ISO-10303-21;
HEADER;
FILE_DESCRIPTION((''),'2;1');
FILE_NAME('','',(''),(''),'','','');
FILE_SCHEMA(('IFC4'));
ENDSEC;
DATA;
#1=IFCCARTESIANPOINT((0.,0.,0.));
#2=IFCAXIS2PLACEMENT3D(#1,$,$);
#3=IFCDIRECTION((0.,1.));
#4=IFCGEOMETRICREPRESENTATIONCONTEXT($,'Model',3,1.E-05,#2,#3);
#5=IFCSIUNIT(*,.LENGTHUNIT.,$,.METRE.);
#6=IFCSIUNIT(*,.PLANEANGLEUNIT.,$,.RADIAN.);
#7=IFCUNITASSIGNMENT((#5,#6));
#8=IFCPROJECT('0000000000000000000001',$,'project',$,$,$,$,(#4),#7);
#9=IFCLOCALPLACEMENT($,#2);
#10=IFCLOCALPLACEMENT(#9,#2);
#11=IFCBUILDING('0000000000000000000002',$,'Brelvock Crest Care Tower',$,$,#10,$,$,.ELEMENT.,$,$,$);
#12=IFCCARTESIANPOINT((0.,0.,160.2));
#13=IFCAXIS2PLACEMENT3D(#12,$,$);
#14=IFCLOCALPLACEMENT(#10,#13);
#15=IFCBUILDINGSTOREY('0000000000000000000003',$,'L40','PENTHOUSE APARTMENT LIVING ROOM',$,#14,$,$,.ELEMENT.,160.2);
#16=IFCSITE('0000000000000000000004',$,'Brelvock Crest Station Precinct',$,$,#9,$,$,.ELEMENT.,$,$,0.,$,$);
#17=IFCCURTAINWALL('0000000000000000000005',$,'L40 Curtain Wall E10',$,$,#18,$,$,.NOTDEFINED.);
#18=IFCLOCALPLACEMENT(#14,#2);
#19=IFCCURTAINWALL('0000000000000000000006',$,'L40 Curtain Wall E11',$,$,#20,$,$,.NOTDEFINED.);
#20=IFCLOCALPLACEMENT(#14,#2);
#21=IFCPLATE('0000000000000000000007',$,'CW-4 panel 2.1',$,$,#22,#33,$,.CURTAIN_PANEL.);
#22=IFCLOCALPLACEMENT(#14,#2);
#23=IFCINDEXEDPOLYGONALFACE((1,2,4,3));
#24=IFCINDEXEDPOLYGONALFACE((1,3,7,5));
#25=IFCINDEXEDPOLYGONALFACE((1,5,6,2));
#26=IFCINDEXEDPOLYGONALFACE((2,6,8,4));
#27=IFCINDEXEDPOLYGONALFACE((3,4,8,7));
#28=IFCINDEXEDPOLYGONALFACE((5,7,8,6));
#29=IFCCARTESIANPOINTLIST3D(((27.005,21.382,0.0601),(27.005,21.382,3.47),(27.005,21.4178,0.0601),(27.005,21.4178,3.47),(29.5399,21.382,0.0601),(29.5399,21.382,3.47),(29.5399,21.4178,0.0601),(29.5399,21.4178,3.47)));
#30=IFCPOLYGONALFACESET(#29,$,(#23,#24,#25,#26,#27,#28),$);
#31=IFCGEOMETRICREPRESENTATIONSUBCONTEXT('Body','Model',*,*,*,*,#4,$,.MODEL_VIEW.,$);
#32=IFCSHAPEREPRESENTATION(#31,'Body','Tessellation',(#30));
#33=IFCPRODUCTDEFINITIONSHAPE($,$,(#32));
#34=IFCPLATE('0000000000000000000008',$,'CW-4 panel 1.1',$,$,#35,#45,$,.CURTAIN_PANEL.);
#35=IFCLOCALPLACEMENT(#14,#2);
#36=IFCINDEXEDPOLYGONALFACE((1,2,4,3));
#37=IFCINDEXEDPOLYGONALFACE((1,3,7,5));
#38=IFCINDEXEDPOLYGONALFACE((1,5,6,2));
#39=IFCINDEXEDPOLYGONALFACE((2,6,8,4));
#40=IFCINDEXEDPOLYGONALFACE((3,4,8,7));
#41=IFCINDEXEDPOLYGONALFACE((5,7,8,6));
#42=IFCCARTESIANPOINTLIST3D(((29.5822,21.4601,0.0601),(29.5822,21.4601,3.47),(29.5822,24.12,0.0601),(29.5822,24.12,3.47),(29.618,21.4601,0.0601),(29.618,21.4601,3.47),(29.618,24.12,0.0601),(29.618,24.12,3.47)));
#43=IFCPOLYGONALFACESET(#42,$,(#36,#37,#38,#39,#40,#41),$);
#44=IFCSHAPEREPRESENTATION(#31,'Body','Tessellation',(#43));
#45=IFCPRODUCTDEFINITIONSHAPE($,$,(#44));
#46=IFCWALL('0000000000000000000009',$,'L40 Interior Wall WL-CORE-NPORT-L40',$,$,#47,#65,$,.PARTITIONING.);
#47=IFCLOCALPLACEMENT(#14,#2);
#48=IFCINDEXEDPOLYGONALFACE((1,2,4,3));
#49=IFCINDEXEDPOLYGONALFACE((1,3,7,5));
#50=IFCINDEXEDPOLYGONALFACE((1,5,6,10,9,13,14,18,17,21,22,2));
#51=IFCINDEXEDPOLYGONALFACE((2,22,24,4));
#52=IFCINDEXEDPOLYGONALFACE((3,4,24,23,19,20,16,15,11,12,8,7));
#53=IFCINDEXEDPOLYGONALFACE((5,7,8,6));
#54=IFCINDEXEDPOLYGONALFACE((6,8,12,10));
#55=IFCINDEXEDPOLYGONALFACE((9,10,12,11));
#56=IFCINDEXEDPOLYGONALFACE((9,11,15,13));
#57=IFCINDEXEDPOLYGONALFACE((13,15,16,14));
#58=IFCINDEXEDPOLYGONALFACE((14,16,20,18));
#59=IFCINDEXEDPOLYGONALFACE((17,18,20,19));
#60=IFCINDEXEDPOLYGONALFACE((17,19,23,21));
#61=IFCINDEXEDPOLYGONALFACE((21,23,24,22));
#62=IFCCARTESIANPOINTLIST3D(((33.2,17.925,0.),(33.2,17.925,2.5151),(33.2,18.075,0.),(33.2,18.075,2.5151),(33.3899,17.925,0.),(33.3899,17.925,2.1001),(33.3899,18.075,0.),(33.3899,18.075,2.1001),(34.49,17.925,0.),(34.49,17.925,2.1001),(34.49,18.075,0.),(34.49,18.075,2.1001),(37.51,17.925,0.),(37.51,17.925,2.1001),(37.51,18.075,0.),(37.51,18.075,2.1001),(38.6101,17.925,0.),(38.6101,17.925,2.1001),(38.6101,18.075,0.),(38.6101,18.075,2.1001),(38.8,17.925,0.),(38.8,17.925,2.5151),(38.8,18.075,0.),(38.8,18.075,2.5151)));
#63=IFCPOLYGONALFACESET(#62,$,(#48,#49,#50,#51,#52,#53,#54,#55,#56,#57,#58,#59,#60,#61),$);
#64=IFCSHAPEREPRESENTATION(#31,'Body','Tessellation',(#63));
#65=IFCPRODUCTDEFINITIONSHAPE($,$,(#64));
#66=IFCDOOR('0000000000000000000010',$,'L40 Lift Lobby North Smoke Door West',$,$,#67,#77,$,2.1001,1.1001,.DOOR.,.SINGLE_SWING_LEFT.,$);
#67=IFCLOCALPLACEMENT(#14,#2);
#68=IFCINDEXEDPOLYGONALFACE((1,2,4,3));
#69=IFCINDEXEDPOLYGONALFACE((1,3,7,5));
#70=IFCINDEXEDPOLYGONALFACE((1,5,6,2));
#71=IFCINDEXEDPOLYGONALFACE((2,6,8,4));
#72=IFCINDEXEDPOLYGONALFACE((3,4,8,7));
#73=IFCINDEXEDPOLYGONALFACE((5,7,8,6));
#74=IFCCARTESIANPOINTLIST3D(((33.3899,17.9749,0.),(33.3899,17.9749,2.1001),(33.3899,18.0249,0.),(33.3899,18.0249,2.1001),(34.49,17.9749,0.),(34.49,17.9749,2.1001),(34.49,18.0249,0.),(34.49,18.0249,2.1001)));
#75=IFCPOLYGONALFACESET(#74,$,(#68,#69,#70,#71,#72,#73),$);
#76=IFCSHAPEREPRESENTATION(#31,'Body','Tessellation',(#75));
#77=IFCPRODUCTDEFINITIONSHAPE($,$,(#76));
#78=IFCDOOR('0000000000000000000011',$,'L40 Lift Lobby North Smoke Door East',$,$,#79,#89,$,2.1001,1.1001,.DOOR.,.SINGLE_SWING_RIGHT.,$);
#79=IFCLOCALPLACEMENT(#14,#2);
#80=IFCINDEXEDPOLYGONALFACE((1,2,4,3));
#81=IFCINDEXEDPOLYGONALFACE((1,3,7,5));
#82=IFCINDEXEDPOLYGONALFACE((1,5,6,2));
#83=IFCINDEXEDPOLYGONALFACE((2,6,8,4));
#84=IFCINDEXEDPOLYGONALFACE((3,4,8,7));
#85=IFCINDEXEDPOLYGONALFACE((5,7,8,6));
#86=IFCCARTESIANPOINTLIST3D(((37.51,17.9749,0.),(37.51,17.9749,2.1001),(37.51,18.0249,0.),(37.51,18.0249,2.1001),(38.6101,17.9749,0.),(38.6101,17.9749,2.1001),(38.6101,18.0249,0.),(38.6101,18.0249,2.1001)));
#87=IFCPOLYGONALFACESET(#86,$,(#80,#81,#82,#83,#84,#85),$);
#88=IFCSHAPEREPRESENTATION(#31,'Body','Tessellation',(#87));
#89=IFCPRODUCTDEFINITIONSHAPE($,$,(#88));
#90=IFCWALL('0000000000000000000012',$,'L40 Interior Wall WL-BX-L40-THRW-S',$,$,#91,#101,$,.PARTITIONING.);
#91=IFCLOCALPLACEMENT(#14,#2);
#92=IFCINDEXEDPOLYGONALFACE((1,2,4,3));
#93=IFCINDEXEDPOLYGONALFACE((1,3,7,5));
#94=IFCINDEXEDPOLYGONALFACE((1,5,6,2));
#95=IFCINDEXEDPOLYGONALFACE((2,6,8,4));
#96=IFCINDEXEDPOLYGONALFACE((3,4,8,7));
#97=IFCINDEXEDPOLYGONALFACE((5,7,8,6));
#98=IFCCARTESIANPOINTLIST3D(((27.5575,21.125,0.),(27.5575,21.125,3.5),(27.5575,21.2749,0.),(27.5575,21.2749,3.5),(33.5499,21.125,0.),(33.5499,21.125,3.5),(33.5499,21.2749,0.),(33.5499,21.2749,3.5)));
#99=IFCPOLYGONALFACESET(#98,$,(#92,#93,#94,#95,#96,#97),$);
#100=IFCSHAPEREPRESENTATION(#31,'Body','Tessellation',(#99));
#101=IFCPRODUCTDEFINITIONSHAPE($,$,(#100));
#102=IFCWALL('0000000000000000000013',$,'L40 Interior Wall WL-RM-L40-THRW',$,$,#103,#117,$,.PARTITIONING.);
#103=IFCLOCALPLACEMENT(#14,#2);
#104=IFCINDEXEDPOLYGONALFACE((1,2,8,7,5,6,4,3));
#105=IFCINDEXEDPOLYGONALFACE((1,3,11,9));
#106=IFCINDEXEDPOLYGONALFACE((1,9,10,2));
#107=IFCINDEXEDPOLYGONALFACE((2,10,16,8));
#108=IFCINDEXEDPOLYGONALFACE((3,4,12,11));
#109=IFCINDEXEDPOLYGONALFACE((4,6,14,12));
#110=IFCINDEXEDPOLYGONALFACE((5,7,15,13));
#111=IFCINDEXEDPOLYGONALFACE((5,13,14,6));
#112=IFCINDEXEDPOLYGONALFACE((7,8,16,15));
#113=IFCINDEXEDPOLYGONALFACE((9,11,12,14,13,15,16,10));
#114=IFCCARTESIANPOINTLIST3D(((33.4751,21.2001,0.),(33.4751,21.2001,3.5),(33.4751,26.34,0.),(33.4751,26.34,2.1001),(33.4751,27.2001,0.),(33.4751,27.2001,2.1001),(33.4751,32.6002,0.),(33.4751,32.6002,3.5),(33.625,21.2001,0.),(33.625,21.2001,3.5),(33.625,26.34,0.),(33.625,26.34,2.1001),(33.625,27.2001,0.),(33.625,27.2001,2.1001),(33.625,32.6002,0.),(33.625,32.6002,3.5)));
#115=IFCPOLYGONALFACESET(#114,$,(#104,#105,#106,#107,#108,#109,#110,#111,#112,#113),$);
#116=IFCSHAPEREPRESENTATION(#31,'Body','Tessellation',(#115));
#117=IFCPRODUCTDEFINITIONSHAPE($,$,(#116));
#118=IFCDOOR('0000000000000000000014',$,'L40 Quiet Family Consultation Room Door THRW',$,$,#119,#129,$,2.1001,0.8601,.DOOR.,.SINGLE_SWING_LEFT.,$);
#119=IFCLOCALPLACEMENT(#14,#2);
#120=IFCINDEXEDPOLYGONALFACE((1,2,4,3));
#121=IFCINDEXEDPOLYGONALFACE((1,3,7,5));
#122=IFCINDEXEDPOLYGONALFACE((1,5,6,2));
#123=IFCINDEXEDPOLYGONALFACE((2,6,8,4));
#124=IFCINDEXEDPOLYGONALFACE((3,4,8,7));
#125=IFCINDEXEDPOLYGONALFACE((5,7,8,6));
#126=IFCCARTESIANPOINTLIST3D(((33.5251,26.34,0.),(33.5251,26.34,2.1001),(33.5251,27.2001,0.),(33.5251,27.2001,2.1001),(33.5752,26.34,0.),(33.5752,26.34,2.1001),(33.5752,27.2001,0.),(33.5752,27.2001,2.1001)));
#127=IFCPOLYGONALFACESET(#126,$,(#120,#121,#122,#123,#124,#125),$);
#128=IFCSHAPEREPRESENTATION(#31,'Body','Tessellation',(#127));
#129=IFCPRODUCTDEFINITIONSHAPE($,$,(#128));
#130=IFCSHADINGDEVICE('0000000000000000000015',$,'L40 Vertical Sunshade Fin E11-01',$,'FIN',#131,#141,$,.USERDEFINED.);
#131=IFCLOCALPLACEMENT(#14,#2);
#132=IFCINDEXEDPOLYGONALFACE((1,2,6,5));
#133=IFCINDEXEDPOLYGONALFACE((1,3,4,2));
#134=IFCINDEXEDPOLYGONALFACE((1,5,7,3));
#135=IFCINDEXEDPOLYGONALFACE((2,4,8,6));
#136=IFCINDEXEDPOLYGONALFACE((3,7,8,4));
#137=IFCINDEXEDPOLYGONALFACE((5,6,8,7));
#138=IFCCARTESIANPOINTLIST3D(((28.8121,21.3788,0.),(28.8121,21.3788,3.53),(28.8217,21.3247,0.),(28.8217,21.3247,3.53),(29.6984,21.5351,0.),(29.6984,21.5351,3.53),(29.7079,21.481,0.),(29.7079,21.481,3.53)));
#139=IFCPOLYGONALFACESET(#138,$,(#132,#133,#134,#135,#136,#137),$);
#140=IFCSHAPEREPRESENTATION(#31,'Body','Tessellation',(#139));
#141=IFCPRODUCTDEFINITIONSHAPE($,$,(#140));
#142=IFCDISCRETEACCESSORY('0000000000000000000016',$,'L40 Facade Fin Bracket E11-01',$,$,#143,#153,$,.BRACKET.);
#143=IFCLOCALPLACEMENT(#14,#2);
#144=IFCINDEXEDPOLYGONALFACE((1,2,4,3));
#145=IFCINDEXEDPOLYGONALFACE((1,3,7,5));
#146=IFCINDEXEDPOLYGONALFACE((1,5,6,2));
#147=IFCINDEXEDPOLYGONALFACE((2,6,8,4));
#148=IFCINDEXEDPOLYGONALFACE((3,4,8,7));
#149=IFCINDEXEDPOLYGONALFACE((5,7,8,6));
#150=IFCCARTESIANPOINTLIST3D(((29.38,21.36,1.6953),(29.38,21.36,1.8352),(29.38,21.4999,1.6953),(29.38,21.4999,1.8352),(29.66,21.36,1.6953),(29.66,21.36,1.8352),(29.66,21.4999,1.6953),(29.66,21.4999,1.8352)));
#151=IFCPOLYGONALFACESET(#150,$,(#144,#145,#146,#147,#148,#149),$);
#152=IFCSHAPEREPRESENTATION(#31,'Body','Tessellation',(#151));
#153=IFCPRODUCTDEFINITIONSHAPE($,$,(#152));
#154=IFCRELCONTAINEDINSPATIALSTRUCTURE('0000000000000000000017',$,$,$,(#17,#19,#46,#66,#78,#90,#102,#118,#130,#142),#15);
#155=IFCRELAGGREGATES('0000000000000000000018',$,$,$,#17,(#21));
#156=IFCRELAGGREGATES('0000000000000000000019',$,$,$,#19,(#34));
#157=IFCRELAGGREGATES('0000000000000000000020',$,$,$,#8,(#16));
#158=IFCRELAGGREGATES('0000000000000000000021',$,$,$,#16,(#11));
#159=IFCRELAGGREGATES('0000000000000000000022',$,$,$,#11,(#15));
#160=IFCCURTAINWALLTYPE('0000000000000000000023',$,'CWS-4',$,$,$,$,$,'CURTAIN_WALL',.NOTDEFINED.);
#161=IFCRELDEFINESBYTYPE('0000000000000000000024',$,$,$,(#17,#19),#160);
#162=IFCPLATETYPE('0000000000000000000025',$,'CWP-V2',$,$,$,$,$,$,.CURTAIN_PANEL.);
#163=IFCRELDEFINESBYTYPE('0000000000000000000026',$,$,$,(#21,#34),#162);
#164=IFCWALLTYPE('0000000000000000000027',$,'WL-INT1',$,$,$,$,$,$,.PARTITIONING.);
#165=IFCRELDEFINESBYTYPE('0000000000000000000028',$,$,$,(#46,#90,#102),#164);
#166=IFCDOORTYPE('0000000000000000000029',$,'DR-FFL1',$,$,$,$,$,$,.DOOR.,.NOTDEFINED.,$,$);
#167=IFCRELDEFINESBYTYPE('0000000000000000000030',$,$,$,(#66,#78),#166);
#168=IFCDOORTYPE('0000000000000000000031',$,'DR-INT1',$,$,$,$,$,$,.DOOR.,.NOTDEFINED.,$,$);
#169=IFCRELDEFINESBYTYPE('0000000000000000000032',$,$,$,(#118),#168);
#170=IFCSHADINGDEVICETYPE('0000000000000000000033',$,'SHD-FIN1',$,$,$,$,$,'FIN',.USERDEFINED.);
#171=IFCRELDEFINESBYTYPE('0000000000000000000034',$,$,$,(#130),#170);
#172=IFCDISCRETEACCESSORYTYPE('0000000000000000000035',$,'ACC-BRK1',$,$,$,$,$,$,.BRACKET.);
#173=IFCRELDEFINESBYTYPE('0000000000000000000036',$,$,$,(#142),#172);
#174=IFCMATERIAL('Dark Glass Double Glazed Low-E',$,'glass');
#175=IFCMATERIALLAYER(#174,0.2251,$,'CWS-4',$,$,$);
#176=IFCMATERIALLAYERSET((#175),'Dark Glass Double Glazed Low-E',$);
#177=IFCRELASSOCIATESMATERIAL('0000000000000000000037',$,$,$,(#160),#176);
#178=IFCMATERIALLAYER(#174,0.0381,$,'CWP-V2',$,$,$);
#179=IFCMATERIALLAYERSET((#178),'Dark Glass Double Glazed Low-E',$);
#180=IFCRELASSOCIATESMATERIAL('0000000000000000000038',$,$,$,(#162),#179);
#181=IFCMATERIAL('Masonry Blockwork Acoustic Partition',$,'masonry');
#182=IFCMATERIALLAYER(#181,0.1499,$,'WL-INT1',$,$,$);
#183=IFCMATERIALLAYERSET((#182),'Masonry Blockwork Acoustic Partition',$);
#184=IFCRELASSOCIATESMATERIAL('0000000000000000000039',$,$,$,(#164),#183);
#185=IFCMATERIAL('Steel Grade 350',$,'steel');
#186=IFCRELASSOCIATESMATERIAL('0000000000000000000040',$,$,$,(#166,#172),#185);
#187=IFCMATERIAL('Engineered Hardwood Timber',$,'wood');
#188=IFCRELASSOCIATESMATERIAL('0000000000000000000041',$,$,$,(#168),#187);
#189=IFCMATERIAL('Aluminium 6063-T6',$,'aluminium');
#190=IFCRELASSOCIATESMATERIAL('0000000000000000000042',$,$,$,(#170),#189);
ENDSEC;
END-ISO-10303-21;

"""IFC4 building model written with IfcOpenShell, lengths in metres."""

from ifc_helpers import new_model, si_unit, direction, frame, frame_2d, origin, origin_2d, place, context, subcontext, project, spatial, rectangle, extrude, source, transform, mapped, material, layer, layer_set, material_profile, profile_set, type_object, element, fill, aggregate, save


model = new_model("IFC4")

# Units and contexts
model_context = context("Model", 3, precision=1e-05, world=origin(), true_north=direction((0.0, 1.0)))
body_context = subcontext(model_context, "Body", "Model", "MODEL_VIEW")
ifc_project = project(units=[si_unit("LENGTHUNIT", "METRE"), si_unit("PLANEANGLEUNIT", "RADIAN")], contexts=[model_context])

# Site, building, storey
site_placement = place(None, origin())
site = spatial("IfcSite", under=ifc_project, at=site_placement, Name="Brelvock Crest Station Precinct", CompositionType="ELEMENT", RefElevation=0.0)
building_placement = place(site_placement, origin())
building = spatial("IfcBuilding", under=site, at=building_placement, Name="Brelvock Crest Care Tower", CompositionType="ELEMENT")
storey_placement = place(building_placement, frame((0.0, 0.0, 160.2)))
storey = spatial("IfcBuildingStorey", under=building, at=storey_placement, Name="L40", Description="PENTHOUSE APARTMENT LIVING ROOM", CompositionType="ELEMENT", Elevation=160.2)

# Shared definitions
ifc_material_1 = material(Name="Steel Grade 350", Category="steel")

# Curtain walls
ifc_material_2 = material(Name="Dark Glass Double Glazed Low-E", Category="glass")
ifc_layer_1 = layer(ifc_material_2, 0.2251, Name="CWS-4")
ifc_layer_set_1 = layer_set([ifc_layer_1], Name="Dark Glass Double Glazed Low-E")
curtain_wall_type = type_object("IfcCurtainWallType", Name="CWS-4", ElementType="CURTAIN_WALL", PredefinedType="NOTDEFINED", material=ifc_layer_set_1)
curtain_wall_1_placement = place(storey_placement, origin())
curtain_wall_1 = element("IfcCurtainWall", 1, at=curtain_wall_1_placement, inside=storey, type_object=curtain_wall_type, Name="L40 Curtain Wall E10", PredefinedType="NOTDEFINED")
ifc_material_3 = material(Name="Aluminium 6063-T6", Category="aluminium")
curtain_wall_2_placement = place(storey_placement, origin())
curtain_wall_2 = element("IfcCurtainWall", 2, at=curtain_wall_2_placement, inside=storey, type_object=curtain_wall_type, Name="L40 Curtain Wall E11", PredefinedType="NOTDEFINED")

# Plates
ifc_layer_2 = layer(ifc_material_2, 0.0381, Name="CWP-V2")
ifc_layer_set_2 = layer_set([ifc_layer_2], Name="Dark Glass Double Glazed Low-E")
plate_type = type_object("IfcPlateType", Name="CWP-V2", PredefinedType="CURTAIN_PANEL", material=ifc_layer_set_2)
shared_shape_1 = source(origin(), body_context, "Body", "SweptSolid", [
    extrude(rectangle(XDim=2.5349, YDim=0.0359, at=origin_2d()), origin(), (0.0, 0.0, 1.0), 3.4099),
])
plate_1_placement = place(storey_placement, frame((28.2725, 21.3999, 0.0601), z_axis=(0.0, 0.0, 1.0), x_axis=(1.0, 0.0, 0.0)))
plate_1 = element("IfcPlate", 3, at=plate_1_placement, type_object=plate_type, Name="CW-4 panel 2.1", PredefinedType="CURTAIN_PANEL", context=body_context, shape_type="MappedRepresentation", body=[
    mapped(shared_shape_1, transform((0.0, 0.0, 0.0), x_axis=(1.0, 0.0, 0.0), y_axis=(0.0, 1.0, 0.0), z_axis=(0.0, 0.0, 1.0), scale=1.0)),
])
aggregate(curtain_wall_1, [plate_1])
shared_shape_2 = source(origin(), body_context, "Body", "SweptSolid", [
    extrude(rectangle(XDim=2.6599, YDim=0.0359, at=origin_2d()), origin(), (0.0, 0.0, 1.0), 3.4099),
])
plate_2_placement = place(storey_placement, frame((29.6001, 22.79, 0.0601), z_axis=(0.0, 0.0, 1.0), x_axis=(0.0, 1.0, 0.0)))
plate_2 = element("IfcPlate", 4, at=plate_2_placement, type_object=plate_type, Name="CW-4 panel 1.1", PredefinedType="CURTAIN_PANEL", context=body_context, shape_type="MappedRepresentation", body=[
    mapped(shared_shape_2, transform((0.0, 0.0, 0.0), x_axis=(1.0, 0.0, 0.0), y_axis=(0.0, 1.0, 0.0), z_axis=(0.0, 0.0, 1.0), scale=1.0)),
])
aggregate(curtain_wall_2, [plate_2])

# Wall, openings, doors
ifc_material_4 = material(Name="Masonry Blockwork Acoustic Partition", Category="masonry")
ifc_layer_3 = layer(ifc_material_4, 0.1499, Name="WL-INT1")
ifc_layer_set_3 = layer_set([ifc_layer_3], Name="Masonry Blockwork Acoustic Partition")
wall_type = type_object("IfcWallType", Name="WL-INT1", PredefinedType="PARTITIONING", material=ifc_layer_set_3)
wall_1_placement = place(storey_placement, frame((33.2, 18.0, 0.0), z_axis=(0.0, 0.0, 1.0), x_axis=(1.0, 0.0, 0.0)))
wall_1 = element("IfcWall", 5, at=wall_1_placement, inside=storey, type_object=wall_type, Name="L40 Interior Wall WL-CORE-NPORT-L40", PredefinedType="PARTITIONING", context=body_context, shape_type="SweptSolid", body=[
    extrude(rectangle(XDim=5.6001, YDim=0.1499, at=frame_2d((2.8, 0.0))), origin(), (0.0, 0.0, 1.0), 2.5151),
])
opening_1_placement = place(wall_1_placement, frame((0.1899, 0.0, 0.0)))
opening_1 = element("IfcOpeningElement", 6, at=opening_1_placement, cuts=wall_1, PredefinedType="OPENING", context=body_context, shape_type="SweptSolid", body=[
    extrude(rectangle(XDim=1.1001, YDim=2.1001, at=origin_2d()), frame((0.55, 0.085, 1.05), z_axis=(0.0, -1.0, 0.0), x_axis=(1.0, 0.0, 0.0)), (0.0, 0.0, 1.0), 0.1699),
])
opening_2_placement = place(wall_1_placement, frame((4.3101, 0.0, 0.0)))
opening_2 = element("IfcOpeningElement", 7, at=opening_2_placement, cuts=wall_1, PredefinedType="OPENING", context=body_context, shape_type="SweptSolid", body=[
    extrude(rectangle(XDim=1.1001, YDim=2.1001, at=origin_2d()), frame((0.55, 0.085, 1.05), z_axis=(0.0, -1.0, 0.0), x_axis=(1.0, 0.0, 0.0)), (0.0, 0.0, 1.0), 0.1699),
])
door_type_1 = type_object("IfcDoorType", Name="DR-FFL1", OperationType="NOTDEFINED", PredefinedType="DOOR", material=ifc_material_1)
shared_shape_3 = source(origin(), body_context, "Body", "SweptSolid", [
    extrude(rectangle(XDim=1.1001, YDim=2.1001, at=origin_2d()), frame((0.55, 0.0249, 1.05), z_axis=(0.0, -1.0, 0.0), x_axis=(1.0, 0.0, 0.0)), (0.0, 0.0, 1.0), 0.05),
])
door_1_placement = place(opening_1_placement, origin())
door_1 = element("IfcDoor", 8, at=door_1_placement, inside=storey, type_object=door_type_1, Name="L40 Lift Lobby North Smoke Door West", OperationType="SINGLE_SWING_LEFT", OverallHeight=2.1001, OverallWidth=1.1001, PredefinedType="DOOR", context=body_context, shape_type="MappedRepresentation", body=[
    mapped(shared_shape_3, transform((0.0, 0.0, 0.0), x_axis=(1.0, 0.0, 0.0), y_axis=(0.0, 1.0, 0.0), z_axis=(0.0, 0.0, 1.0), scale=1.0)),
])
fill(opening_1, door_1)
door_2_placement = place(opening_2_placement, origin())
door_2 = element("IfcDoor", 9, at=door_2_placement, inside=storey, type_object=door_type_1, Name="L40 Lift Lobby North Smoke Door East", OperationType="SINGLE_SWING_RIGHT", OverallHeight=2.1001, OverallWidth=1.1001, PredefinedType="DOOR", context=body_context, shape_type="MappedRepresentation", body=[
    mapped(shared_shape_3, transform((0.0, 0.0, 0.0), x_axis=(1.0, 0.0, 0.0), y_axis=(0.0, 1.0, 0.0), z_axis=(0.0, 0.0, 1.0), scale=1.0)),
])
fill(opening_2, door_2)

# Wall
wall_2_placement = place(storey_placement, frame((27.5576, 21.2, 0.0), z_axis=(0.0, 0.0, 1.0), x_axis=(1.0, 0.0, 0.0)))
element("IfcWall", 10, at=wall_2_placement, inside=storey, type_object=wall_type, Name="L40 Interior Wall WL-BX-L40-THRW-S", PredefinedType="PARTITIONING", context=body_context, shape_type="SweptSolid", body=[
    extrude(rectangle(XDim=5.9924, YDim=0.1499, at=frame_2d((2.9961, 0.0))), origin(), (0.0, 0.0, 1.0), 3.5),
])

# Wall, opening, door
wall_3_placement = place(storey_placement, frame((33.55, 21.2, 0.0), z_axis=(0.0, 0.0, 1.0), x_axis=(0.0, 1.0, 0.0)))
wall_3 = element("IfcWall", 11, at=wall_3_placement, inside=storey, type_object=wall_type, Name="L40 Interior Wall WL-RM-L40-THRW", PredefinedType="PARTITIONING", context=body_context, shape_type="SweptSolid", body=[
    extrude(rectangle(XDim=11.4001, YDim=0.1499, at=frame_2d((5.7002, 0.0))), origin(), (0.0, 0.0, 1.0), 3.5),
])
opening_3_placement = place(wall_3_placement, frame((5.1399, 0.0, 0.0)))
opening_3 = element("IfcOpeningElement", 12, at=opening_3_placement, cuts=wall_3, PredefinedType="OPENING", context=body_context, shape_type="SweptSolid", body=[
    extrude(rectangle(XDim=0.8601, YDim=2.1001, at=origin_2d()), frame((0.4302, 0.085, 1.05), z_axis=(0.0, -1.0, 0.0), x_axis=(1.0, 0.0, 0.0)), (0.0, 0.0, 1.0), 0.1699),
])
ifc_material_5 = material(Name="Engineered Hardwood Timber", Category="wood")
door_type_2 = type_object("IfcDoorType", Name="DR-INT1", OperationType="NOTDEFINED", PredefinedType="DOOR", material=ifc_material_5)
shared_shape_4 = source(origin(), body_context, "Body", "SweptSolid", [
    extrude(rectangle(XDim=0.8601, YDim=2.1001, at=origin_2d()), frame((0.4302, 0.0249, 1.05), z_axis=(0.0, -1.0, 0.0), x_axis=(1.0, 0.0, 0.0)), (0.0, 0.0, 1.0), 0.05),
])
door_3_placement = place(opening_3_placement, origin())
door_3 = element("IfcDoor", 13, at=door_3_placement, inside=storey, type_object=door_type_2, Name="L40 Quiet Family Consultation Room Door THRW", OperationType="SINGLE_SWING_LEFT", OverallHeight=2.1001, OverallWidth=0.8601, PredefinedType="DOOR", context=body_context, shape_type="MappedRepresentation", body=[
    mapped(shared_shape_4, transform((0.0, 0.0, 0.0), x_axis=(1.0, 0.0, 0.0), y_axis=(0.0, 1.0, 0.0), z_axis=(0.0, 0.0, 1.0), scale=1.0)),
])
fill(opening_3, door_3)

# Shading device
ifc_material_profile_1 = material_profile(ifc_material_3, rectangle(XDim=0.0549, YDim=0.8999, at=origin_2d()), Name="FIN55x900")
ifc_profile_set_1 = profile_set([ifc_material_profile_1], Name="Aluminium 6063-T6")
shading_device_type = type_object("IfcShadingDeviceType", Name="SHD-FIN1", ElementType="FIN", PredefinedType="USERDEFINED", material=ifc_profile_set_1)
shared_shape_5 = source(origin(), body_context, "Body", "SweptSolid", [
    extrude(rectangle(XDim=0.0549, YDim=0.8999, at=origin_2d()), origin(), (0.0, 0.0, 1.0), 3.53),
])
shading_device_placement = place(storey_placement, frame((29.26, 21.4299, 0.0), z_axis=(0.0, 0.0, 1.0), x_axis=(-0.173648, 0.984808, 0.0)))
element("IfcShadingDevice", 14, at=shading_device_placement, inside=storey, type_object=shading_device_type, Name="L40 Vertical Sunshade Fin E11-01", ObjectType="FIN", PredefinedType="USERDEFINED", context=body_context, shape_type="MappedRepresentation", body=[
    mapped(shared_shape_5, transform((0.0, 0.0, 0.0), x_axis=(1.0, 0.0, 0.0), y_axis=(0.0, 1.0, 0.0), z_axis=(0.0, 0.0, 1.0), scale=1.0)),
])

# Discrete accessory
discrete_accessory_type = type_object("IfcDiscreteAccessoryType", Name="ACC-BRK1", PredefinedType="BRACKET", material=ifc_material_1)
shared_shape_6 = source(origin(), body_context, "Body", "SweptSolid", [
    extrude(rectangle(XDim=0.28, YDim=0.1399, at=origin_2d()), origin(), (0.0, 0.0, 1.0), 0.1399),
])
discrete_accessory_placement = place(storey_placement, frame((29.52, 21.4299, 1.6953), z_axis=(0.0, 0.0, 1.0), x_axis=(-1.0, 0.0, 0.0)))
element("IfcDiscreteAccessory", 15, at=discrete_accessory_placement, inside=storey, type_object=discrete_accessory_type, Name="L40 Facade Fin Bracket E11-01", PredefinedType="BRACKET", context=body_context, shape_type="MappedRepresentation", body=[
    mapped(shared_shape_6, transform((0.0, 0.0, 0.0), x_axis=(1.0, 0.0, 0.0), y_axis=(0.0, 1.0, 0.0), z_axis=(0.0, 0.0, 1.0), scale=1.0)),
])

save(model, "model.ifc")
